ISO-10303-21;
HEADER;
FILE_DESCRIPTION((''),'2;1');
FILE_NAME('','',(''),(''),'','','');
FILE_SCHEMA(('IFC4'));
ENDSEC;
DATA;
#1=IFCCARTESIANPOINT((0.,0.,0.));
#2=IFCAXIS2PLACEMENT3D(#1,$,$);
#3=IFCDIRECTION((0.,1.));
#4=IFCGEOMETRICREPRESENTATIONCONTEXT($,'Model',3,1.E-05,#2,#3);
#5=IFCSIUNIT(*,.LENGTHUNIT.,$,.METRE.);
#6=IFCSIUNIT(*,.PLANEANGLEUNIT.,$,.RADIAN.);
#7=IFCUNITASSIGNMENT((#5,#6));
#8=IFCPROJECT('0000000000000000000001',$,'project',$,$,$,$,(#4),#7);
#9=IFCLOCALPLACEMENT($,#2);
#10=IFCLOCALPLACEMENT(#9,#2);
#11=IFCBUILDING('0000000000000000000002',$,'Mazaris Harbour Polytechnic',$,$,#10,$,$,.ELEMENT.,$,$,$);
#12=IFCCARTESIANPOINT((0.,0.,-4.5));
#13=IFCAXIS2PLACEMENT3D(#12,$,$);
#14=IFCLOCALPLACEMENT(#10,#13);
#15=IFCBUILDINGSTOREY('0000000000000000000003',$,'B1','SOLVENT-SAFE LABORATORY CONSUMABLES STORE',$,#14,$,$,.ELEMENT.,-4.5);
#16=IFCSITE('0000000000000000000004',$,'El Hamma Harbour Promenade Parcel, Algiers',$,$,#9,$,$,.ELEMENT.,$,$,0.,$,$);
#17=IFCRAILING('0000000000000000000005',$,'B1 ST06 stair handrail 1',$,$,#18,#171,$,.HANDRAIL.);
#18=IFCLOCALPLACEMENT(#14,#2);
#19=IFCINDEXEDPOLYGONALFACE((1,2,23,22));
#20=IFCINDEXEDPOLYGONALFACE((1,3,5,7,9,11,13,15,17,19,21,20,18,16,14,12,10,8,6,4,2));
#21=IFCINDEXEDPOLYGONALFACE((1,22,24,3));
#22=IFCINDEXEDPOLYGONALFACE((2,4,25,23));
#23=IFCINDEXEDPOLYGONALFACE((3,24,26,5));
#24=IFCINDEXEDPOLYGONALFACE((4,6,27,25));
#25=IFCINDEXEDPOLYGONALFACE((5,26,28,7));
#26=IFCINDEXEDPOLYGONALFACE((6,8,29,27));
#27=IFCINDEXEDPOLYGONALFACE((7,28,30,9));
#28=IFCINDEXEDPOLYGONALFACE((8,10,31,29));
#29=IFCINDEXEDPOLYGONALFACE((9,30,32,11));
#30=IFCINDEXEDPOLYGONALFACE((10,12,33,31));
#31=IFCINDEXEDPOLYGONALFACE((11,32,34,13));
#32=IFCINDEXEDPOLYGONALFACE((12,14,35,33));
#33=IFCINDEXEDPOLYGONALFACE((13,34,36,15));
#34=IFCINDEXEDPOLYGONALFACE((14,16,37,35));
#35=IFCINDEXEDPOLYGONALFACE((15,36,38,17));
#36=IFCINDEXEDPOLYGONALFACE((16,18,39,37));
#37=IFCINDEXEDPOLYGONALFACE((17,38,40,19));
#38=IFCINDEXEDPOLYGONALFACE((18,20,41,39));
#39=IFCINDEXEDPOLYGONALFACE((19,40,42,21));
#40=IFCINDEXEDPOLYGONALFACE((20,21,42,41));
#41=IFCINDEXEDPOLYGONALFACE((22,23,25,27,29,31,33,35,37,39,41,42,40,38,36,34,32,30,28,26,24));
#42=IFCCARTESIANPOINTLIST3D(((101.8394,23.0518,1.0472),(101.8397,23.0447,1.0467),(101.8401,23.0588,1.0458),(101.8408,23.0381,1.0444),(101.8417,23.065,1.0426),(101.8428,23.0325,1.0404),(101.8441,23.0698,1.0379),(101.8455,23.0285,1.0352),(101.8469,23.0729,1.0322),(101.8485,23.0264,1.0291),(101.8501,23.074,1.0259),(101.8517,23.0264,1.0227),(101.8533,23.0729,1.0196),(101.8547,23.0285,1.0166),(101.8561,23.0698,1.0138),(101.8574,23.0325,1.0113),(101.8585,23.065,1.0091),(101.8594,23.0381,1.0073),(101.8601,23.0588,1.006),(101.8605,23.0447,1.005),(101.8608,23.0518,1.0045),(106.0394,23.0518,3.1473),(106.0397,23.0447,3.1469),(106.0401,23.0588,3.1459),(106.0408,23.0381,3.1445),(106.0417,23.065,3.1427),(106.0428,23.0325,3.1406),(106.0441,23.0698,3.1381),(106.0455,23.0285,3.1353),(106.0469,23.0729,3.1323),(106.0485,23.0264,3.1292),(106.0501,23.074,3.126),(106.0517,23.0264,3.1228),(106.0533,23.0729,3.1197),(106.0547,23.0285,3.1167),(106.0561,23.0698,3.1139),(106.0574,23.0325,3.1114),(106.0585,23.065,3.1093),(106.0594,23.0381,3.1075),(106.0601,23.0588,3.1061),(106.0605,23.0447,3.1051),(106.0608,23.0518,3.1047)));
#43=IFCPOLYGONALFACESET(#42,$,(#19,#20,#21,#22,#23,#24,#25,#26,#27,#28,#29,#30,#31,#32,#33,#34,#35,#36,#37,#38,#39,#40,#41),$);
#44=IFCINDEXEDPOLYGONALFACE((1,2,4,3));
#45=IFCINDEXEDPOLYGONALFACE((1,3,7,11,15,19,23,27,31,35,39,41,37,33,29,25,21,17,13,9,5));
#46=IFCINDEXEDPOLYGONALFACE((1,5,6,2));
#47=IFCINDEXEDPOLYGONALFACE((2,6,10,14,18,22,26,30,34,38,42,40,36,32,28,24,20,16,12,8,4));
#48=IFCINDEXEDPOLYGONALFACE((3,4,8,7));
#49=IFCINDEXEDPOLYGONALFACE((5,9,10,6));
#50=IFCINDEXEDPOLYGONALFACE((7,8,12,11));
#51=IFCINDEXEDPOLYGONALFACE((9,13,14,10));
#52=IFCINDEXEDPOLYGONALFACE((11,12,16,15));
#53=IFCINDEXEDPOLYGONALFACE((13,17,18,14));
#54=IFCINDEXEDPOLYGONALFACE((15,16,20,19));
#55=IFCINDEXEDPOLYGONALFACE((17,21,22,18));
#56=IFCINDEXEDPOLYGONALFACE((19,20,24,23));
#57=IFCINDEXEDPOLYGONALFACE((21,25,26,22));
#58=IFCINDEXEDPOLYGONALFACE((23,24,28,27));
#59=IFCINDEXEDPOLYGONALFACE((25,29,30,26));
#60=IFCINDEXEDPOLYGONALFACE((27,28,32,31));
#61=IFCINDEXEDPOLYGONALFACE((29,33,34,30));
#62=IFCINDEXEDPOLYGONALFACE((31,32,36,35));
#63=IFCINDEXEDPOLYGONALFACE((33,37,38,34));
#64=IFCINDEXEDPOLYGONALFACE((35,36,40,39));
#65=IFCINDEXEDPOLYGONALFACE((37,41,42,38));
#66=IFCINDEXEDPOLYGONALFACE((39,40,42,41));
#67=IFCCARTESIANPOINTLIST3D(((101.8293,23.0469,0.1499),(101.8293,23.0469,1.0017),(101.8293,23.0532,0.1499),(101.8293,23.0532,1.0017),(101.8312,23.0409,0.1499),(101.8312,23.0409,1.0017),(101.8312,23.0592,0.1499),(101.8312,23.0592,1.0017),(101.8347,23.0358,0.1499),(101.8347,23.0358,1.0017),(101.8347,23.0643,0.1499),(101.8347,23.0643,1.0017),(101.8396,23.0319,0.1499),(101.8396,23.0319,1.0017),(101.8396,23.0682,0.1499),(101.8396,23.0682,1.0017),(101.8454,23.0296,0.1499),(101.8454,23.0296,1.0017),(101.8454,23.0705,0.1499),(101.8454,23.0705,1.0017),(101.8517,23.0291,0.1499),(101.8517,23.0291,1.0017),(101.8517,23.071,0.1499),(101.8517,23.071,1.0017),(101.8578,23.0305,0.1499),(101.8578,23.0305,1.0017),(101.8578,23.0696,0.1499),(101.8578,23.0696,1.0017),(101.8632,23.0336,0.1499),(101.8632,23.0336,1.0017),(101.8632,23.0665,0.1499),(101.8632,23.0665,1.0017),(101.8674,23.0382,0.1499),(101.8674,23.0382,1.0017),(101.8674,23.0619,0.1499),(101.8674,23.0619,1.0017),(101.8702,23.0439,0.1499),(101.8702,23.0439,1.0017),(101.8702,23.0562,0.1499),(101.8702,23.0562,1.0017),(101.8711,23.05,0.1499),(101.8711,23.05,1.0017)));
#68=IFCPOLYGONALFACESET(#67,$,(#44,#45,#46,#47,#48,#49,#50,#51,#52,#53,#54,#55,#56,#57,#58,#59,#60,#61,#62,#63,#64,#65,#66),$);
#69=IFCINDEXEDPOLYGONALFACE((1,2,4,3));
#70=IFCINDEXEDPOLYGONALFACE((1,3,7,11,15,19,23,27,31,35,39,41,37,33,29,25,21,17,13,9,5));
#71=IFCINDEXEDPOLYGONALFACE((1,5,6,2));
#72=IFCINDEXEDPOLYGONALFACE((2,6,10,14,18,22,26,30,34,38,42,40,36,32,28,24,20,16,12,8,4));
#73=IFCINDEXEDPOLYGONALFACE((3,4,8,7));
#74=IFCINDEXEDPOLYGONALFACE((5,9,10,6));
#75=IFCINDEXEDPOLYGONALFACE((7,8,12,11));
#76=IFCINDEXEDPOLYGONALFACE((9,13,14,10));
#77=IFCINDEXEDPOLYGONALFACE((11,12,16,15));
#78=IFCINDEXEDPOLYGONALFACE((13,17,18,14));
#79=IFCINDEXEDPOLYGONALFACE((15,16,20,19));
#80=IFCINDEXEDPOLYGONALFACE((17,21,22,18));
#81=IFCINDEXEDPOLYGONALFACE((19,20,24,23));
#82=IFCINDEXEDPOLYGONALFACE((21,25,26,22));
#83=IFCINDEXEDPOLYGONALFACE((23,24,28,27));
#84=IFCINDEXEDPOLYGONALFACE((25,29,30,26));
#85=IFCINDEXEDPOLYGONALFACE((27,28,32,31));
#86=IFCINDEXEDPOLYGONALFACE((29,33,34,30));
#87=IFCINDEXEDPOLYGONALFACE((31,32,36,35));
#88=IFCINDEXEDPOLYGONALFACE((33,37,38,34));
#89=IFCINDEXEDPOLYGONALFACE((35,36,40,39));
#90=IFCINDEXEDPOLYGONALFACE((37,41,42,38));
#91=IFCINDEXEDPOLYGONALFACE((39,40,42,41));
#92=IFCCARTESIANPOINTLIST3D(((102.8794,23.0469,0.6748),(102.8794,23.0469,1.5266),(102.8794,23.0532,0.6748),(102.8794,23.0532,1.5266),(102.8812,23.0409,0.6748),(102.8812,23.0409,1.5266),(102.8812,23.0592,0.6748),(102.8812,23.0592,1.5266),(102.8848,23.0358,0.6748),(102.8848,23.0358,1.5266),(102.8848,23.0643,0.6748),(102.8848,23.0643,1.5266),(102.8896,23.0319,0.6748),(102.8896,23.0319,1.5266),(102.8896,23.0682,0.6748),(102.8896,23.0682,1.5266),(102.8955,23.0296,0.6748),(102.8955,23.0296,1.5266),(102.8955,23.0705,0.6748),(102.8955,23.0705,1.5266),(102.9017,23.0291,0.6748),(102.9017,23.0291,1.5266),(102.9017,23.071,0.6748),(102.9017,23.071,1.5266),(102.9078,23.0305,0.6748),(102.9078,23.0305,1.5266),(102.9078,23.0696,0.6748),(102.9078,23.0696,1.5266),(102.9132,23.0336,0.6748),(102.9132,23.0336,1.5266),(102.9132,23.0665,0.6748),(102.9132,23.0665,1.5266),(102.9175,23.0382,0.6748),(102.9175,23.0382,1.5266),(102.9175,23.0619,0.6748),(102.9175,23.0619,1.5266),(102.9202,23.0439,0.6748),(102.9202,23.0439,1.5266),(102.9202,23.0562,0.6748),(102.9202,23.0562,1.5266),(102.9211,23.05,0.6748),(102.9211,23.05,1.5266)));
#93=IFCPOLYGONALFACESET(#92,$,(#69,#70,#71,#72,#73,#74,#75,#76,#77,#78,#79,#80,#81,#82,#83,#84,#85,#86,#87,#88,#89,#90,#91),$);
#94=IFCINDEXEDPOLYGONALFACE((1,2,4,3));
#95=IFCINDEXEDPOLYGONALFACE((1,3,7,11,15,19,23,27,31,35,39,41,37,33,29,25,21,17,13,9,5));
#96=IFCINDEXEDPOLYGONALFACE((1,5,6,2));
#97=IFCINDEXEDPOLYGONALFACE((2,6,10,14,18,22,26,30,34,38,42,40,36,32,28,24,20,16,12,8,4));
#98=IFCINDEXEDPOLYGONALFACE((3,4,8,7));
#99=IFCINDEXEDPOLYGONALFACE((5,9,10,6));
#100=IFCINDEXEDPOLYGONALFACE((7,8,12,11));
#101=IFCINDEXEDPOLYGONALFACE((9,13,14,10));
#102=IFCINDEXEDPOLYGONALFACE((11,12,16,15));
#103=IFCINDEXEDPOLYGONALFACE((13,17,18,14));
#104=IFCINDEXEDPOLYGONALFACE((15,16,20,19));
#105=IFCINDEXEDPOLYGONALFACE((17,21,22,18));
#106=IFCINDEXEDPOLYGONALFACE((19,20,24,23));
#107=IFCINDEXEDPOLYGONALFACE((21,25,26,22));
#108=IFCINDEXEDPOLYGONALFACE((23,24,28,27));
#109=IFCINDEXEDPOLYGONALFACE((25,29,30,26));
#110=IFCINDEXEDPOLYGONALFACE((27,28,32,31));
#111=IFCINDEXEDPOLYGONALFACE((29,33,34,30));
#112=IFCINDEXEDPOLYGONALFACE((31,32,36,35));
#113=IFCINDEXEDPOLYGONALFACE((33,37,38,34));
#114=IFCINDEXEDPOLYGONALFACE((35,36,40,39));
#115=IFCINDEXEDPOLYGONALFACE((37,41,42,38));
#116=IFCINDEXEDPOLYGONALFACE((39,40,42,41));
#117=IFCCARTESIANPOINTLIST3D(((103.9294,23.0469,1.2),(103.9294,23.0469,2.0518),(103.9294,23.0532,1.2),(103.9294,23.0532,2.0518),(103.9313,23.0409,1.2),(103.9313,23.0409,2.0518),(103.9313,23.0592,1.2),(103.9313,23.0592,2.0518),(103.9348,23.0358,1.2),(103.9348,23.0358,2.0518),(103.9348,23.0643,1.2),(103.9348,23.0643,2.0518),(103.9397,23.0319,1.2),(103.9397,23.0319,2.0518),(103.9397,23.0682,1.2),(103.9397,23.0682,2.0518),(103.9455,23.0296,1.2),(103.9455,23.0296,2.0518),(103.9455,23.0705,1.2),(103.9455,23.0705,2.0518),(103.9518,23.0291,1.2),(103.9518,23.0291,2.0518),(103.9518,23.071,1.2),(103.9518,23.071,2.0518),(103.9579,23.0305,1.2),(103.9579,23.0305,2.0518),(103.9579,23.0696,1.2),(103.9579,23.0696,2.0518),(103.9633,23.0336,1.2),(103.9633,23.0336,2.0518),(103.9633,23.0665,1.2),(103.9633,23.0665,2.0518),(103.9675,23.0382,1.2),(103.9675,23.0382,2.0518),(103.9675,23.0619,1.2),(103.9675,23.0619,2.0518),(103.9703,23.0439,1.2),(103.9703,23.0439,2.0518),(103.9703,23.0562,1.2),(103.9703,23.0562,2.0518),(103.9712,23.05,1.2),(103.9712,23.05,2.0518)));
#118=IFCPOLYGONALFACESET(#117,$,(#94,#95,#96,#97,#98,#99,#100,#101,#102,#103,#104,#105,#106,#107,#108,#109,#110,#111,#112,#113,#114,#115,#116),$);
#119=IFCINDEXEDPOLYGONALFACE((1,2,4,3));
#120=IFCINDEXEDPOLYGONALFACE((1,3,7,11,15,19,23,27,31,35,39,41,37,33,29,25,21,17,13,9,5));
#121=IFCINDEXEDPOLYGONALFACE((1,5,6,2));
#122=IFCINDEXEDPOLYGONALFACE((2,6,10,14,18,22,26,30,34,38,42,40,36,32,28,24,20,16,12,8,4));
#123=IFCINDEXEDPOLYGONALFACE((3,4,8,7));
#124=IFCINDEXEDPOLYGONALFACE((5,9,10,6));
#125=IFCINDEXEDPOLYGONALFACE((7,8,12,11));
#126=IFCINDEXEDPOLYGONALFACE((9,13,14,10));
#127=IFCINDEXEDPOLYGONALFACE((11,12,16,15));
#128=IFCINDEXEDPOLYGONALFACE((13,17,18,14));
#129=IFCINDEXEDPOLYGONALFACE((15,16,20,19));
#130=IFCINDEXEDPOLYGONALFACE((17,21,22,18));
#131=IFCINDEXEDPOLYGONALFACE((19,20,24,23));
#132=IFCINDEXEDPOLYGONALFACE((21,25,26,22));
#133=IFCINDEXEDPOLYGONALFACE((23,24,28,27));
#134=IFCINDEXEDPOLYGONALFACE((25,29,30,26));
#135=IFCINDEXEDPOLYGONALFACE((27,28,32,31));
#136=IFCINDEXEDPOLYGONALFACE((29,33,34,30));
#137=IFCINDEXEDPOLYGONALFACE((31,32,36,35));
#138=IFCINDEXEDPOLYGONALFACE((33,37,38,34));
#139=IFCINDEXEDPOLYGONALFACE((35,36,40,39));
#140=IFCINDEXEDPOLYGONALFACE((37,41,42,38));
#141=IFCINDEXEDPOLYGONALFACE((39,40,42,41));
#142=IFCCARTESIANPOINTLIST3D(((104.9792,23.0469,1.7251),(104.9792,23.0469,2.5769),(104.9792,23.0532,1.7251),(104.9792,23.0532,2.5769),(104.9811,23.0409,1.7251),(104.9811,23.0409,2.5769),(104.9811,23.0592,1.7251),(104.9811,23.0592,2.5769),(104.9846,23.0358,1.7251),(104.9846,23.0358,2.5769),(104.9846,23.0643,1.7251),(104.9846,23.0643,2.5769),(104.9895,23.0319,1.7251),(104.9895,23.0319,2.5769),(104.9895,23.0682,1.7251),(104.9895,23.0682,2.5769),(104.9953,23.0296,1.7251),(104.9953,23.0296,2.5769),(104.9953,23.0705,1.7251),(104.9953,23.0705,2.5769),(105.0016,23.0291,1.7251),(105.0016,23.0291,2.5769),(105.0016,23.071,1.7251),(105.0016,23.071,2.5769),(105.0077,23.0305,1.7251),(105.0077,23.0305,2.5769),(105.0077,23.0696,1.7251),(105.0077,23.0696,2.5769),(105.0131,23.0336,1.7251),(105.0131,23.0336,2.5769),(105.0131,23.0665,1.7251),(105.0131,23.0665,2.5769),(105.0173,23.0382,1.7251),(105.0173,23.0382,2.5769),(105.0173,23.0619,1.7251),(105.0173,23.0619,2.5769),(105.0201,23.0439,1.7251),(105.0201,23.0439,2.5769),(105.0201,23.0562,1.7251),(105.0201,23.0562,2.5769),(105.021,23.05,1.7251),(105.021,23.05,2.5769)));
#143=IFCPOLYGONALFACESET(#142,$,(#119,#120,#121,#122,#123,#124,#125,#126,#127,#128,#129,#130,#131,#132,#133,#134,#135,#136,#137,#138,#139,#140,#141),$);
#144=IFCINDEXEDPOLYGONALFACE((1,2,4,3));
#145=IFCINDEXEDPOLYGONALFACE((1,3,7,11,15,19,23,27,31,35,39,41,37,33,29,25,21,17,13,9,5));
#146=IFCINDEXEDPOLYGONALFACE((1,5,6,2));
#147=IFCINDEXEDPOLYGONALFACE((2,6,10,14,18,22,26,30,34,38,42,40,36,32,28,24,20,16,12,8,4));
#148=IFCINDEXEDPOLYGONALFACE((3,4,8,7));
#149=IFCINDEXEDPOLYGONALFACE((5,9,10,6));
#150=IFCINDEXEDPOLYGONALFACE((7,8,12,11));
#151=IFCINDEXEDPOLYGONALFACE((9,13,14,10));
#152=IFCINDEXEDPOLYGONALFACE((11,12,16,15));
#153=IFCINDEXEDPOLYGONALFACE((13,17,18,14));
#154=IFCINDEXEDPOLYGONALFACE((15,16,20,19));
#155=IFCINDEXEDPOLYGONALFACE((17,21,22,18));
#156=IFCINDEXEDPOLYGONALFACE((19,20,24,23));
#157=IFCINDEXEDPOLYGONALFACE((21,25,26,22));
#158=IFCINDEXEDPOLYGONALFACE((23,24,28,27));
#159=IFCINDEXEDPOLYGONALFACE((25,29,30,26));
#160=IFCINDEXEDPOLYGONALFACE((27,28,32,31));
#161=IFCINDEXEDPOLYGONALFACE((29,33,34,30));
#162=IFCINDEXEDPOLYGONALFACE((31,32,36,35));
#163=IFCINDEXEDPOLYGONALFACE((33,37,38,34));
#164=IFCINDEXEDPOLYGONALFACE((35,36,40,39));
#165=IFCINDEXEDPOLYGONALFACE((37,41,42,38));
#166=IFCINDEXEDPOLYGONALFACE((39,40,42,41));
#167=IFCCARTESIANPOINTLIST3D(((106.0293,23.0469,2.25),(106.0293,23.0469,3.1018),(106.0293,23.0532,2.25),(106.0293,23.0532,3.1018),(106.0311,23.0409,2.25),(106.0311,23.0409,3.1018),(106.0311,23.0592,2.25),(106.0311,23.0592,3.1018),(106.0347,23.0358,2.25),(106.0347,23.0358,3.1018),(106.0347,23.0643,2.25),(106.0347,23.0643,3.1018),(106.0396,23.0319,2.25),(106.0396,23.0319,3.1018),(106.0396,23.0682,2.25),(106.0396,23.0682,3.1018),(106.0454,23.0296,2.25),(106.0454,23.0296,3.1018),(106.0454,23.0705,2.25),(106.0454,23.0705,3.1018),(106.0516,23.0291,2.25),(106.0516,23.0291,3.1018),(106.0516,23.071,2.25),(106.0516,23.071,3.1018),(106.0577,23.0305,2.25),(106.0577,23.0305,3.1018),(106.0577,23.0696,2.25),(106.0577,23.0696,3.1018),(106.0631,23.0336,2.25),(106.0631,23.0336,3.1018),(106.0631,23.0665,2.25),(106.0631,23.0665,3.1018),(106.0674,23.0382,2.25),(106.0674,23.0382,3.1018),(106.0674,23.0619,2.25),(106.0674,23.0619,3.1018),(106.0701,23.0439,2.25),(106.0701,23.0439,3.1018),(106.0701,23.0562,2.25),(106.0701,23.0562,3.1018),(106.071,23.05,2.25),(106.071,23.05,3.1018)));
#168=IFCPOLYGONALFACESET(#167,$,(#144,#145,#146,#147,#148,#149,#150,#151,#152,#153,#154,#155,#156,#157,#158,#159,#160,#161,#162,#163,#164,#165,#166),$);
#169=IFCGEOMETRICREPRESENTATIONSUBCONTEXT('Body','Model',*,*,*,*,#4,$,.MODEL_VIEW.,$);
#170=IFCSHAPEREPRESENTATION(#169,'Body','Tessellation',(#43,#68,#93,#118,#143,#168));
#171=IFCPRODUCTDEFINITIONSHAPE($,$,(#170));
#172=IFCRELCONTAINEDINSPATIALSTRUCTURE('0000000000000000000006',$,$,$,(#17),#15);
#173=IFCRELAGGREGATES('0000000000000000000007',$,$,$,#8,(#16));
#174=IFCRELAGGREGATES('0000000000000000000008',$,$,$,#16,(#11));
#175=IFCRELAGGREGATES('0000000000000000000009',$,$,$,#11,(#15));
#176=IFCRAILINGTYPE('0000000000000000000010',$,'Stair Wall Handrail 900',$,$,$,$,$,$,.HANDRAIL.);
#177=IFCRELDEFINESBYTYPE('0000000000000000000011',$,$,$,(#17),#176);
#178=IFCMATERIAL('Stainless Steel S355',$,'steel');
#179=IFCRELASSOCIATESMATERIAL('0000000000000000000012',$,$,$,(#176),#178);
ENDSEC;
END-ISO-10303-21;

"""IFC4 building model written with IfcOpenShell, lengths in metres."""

from ifc_helpers import new_model, si_unit, direction, frame, origin, origin_2d, place, context, subcontext, project, spatial, circle, extrude, material, type_object, element, save


model = new_model("IFC4")

# Units and contexts
model_context = context("Model", 3, precision=1e-05, world=origin(), true_north=direction((0.0, 1.0)))
body_context = subcontext(model_context, "Body", "Model", "MODEL_VIEW")
ifc_project = project(units=[si_unit("LENGTHUNIT", "METRE"), si_unit("PLANEANGLEUNIT", "RADIAN")], contexts=[model_context])

# Site, building, storey
site_placement = place(None, origin())
site = spatial("IfcSite", under=ifc_project, at=site_placement, Name="El Hamma Harbour Promenade Parcel, Algiers", CompositionType="ELEMENT", RefElevation=0.0)
building_placement = place(site_placement, origin())
building = spatial("IfcBuilding", under=site, at=building_placement, Name="Mazaris Harbour Polytechnic", CompositionType="ELEMENT")
storey_placement = place(building_placement, frame((0.0, 0.0, -4.5)))
storey = spatial("IfcBuildingStorey", under=building, at=storey_placement, Name="B1", Description="SOLVENT-SAFE LABORATORY CONSUMABLES STORE", CompositionType="ELEMENT", Elevation=-4.5)

# Railing
ifc_material_1 = material(Name="Stainless Steel S355", Category="steel")
railing_type = type_object("IfcRailingType", Name="Stair Wall Handrail 900", PredefinedType="HANDRAIL", material=ifc_material_1)
railing_placement = place(storey_placement, frame((101.8501, 23.05, 0.1499)))
element("IfcRailing", 1, at=railing_placement, inside=storey, type_object=railing_type, Name="B1 ST06 stair handrail 1", PredefinedType="HANDRAIL", context=body_context, shape_type="SweptSolid", body=[
    extrude(circle(Radius=0.0239, at=origin_2d()), frame((0.0, 0.0, 0.876), z_axis=(0.894417, 0.0, 0.447234), x_axis=(0.0, 1.0, 0.0)), (0.0, 0.0, 1.0), 4.6958),
    extrude(circle(Radius=0.021, at=origin_2d()), origin(), (0.0, 0.0, 1.0), 0.8518),
    extrude(circle(Radius=0.021, at=origin_2d()), frame((1.05, 0.0, 0.5249)), (0.0, 0.0, 1.0), 0.8518),
    extrude(circle(Radius=0.021, at=origin_2d()), frame((2.1001, 0.0, 1.05)), (0.0, 0.0, 1.0), 0.8518),
    extrude(circle(Radius=0.021, at=origin_2d()), frame((3.1499, 0.0, 1.5752)), (0.0, 0.0, 1.0), 0.8518),
    extrude(circle(Radius=0.021, at=origin_2d()), frame((4.2, 0.0, 2.1001)), (0.0, 0.0, 1.0), 0.8518),
])

save(model, "model.ifc")
